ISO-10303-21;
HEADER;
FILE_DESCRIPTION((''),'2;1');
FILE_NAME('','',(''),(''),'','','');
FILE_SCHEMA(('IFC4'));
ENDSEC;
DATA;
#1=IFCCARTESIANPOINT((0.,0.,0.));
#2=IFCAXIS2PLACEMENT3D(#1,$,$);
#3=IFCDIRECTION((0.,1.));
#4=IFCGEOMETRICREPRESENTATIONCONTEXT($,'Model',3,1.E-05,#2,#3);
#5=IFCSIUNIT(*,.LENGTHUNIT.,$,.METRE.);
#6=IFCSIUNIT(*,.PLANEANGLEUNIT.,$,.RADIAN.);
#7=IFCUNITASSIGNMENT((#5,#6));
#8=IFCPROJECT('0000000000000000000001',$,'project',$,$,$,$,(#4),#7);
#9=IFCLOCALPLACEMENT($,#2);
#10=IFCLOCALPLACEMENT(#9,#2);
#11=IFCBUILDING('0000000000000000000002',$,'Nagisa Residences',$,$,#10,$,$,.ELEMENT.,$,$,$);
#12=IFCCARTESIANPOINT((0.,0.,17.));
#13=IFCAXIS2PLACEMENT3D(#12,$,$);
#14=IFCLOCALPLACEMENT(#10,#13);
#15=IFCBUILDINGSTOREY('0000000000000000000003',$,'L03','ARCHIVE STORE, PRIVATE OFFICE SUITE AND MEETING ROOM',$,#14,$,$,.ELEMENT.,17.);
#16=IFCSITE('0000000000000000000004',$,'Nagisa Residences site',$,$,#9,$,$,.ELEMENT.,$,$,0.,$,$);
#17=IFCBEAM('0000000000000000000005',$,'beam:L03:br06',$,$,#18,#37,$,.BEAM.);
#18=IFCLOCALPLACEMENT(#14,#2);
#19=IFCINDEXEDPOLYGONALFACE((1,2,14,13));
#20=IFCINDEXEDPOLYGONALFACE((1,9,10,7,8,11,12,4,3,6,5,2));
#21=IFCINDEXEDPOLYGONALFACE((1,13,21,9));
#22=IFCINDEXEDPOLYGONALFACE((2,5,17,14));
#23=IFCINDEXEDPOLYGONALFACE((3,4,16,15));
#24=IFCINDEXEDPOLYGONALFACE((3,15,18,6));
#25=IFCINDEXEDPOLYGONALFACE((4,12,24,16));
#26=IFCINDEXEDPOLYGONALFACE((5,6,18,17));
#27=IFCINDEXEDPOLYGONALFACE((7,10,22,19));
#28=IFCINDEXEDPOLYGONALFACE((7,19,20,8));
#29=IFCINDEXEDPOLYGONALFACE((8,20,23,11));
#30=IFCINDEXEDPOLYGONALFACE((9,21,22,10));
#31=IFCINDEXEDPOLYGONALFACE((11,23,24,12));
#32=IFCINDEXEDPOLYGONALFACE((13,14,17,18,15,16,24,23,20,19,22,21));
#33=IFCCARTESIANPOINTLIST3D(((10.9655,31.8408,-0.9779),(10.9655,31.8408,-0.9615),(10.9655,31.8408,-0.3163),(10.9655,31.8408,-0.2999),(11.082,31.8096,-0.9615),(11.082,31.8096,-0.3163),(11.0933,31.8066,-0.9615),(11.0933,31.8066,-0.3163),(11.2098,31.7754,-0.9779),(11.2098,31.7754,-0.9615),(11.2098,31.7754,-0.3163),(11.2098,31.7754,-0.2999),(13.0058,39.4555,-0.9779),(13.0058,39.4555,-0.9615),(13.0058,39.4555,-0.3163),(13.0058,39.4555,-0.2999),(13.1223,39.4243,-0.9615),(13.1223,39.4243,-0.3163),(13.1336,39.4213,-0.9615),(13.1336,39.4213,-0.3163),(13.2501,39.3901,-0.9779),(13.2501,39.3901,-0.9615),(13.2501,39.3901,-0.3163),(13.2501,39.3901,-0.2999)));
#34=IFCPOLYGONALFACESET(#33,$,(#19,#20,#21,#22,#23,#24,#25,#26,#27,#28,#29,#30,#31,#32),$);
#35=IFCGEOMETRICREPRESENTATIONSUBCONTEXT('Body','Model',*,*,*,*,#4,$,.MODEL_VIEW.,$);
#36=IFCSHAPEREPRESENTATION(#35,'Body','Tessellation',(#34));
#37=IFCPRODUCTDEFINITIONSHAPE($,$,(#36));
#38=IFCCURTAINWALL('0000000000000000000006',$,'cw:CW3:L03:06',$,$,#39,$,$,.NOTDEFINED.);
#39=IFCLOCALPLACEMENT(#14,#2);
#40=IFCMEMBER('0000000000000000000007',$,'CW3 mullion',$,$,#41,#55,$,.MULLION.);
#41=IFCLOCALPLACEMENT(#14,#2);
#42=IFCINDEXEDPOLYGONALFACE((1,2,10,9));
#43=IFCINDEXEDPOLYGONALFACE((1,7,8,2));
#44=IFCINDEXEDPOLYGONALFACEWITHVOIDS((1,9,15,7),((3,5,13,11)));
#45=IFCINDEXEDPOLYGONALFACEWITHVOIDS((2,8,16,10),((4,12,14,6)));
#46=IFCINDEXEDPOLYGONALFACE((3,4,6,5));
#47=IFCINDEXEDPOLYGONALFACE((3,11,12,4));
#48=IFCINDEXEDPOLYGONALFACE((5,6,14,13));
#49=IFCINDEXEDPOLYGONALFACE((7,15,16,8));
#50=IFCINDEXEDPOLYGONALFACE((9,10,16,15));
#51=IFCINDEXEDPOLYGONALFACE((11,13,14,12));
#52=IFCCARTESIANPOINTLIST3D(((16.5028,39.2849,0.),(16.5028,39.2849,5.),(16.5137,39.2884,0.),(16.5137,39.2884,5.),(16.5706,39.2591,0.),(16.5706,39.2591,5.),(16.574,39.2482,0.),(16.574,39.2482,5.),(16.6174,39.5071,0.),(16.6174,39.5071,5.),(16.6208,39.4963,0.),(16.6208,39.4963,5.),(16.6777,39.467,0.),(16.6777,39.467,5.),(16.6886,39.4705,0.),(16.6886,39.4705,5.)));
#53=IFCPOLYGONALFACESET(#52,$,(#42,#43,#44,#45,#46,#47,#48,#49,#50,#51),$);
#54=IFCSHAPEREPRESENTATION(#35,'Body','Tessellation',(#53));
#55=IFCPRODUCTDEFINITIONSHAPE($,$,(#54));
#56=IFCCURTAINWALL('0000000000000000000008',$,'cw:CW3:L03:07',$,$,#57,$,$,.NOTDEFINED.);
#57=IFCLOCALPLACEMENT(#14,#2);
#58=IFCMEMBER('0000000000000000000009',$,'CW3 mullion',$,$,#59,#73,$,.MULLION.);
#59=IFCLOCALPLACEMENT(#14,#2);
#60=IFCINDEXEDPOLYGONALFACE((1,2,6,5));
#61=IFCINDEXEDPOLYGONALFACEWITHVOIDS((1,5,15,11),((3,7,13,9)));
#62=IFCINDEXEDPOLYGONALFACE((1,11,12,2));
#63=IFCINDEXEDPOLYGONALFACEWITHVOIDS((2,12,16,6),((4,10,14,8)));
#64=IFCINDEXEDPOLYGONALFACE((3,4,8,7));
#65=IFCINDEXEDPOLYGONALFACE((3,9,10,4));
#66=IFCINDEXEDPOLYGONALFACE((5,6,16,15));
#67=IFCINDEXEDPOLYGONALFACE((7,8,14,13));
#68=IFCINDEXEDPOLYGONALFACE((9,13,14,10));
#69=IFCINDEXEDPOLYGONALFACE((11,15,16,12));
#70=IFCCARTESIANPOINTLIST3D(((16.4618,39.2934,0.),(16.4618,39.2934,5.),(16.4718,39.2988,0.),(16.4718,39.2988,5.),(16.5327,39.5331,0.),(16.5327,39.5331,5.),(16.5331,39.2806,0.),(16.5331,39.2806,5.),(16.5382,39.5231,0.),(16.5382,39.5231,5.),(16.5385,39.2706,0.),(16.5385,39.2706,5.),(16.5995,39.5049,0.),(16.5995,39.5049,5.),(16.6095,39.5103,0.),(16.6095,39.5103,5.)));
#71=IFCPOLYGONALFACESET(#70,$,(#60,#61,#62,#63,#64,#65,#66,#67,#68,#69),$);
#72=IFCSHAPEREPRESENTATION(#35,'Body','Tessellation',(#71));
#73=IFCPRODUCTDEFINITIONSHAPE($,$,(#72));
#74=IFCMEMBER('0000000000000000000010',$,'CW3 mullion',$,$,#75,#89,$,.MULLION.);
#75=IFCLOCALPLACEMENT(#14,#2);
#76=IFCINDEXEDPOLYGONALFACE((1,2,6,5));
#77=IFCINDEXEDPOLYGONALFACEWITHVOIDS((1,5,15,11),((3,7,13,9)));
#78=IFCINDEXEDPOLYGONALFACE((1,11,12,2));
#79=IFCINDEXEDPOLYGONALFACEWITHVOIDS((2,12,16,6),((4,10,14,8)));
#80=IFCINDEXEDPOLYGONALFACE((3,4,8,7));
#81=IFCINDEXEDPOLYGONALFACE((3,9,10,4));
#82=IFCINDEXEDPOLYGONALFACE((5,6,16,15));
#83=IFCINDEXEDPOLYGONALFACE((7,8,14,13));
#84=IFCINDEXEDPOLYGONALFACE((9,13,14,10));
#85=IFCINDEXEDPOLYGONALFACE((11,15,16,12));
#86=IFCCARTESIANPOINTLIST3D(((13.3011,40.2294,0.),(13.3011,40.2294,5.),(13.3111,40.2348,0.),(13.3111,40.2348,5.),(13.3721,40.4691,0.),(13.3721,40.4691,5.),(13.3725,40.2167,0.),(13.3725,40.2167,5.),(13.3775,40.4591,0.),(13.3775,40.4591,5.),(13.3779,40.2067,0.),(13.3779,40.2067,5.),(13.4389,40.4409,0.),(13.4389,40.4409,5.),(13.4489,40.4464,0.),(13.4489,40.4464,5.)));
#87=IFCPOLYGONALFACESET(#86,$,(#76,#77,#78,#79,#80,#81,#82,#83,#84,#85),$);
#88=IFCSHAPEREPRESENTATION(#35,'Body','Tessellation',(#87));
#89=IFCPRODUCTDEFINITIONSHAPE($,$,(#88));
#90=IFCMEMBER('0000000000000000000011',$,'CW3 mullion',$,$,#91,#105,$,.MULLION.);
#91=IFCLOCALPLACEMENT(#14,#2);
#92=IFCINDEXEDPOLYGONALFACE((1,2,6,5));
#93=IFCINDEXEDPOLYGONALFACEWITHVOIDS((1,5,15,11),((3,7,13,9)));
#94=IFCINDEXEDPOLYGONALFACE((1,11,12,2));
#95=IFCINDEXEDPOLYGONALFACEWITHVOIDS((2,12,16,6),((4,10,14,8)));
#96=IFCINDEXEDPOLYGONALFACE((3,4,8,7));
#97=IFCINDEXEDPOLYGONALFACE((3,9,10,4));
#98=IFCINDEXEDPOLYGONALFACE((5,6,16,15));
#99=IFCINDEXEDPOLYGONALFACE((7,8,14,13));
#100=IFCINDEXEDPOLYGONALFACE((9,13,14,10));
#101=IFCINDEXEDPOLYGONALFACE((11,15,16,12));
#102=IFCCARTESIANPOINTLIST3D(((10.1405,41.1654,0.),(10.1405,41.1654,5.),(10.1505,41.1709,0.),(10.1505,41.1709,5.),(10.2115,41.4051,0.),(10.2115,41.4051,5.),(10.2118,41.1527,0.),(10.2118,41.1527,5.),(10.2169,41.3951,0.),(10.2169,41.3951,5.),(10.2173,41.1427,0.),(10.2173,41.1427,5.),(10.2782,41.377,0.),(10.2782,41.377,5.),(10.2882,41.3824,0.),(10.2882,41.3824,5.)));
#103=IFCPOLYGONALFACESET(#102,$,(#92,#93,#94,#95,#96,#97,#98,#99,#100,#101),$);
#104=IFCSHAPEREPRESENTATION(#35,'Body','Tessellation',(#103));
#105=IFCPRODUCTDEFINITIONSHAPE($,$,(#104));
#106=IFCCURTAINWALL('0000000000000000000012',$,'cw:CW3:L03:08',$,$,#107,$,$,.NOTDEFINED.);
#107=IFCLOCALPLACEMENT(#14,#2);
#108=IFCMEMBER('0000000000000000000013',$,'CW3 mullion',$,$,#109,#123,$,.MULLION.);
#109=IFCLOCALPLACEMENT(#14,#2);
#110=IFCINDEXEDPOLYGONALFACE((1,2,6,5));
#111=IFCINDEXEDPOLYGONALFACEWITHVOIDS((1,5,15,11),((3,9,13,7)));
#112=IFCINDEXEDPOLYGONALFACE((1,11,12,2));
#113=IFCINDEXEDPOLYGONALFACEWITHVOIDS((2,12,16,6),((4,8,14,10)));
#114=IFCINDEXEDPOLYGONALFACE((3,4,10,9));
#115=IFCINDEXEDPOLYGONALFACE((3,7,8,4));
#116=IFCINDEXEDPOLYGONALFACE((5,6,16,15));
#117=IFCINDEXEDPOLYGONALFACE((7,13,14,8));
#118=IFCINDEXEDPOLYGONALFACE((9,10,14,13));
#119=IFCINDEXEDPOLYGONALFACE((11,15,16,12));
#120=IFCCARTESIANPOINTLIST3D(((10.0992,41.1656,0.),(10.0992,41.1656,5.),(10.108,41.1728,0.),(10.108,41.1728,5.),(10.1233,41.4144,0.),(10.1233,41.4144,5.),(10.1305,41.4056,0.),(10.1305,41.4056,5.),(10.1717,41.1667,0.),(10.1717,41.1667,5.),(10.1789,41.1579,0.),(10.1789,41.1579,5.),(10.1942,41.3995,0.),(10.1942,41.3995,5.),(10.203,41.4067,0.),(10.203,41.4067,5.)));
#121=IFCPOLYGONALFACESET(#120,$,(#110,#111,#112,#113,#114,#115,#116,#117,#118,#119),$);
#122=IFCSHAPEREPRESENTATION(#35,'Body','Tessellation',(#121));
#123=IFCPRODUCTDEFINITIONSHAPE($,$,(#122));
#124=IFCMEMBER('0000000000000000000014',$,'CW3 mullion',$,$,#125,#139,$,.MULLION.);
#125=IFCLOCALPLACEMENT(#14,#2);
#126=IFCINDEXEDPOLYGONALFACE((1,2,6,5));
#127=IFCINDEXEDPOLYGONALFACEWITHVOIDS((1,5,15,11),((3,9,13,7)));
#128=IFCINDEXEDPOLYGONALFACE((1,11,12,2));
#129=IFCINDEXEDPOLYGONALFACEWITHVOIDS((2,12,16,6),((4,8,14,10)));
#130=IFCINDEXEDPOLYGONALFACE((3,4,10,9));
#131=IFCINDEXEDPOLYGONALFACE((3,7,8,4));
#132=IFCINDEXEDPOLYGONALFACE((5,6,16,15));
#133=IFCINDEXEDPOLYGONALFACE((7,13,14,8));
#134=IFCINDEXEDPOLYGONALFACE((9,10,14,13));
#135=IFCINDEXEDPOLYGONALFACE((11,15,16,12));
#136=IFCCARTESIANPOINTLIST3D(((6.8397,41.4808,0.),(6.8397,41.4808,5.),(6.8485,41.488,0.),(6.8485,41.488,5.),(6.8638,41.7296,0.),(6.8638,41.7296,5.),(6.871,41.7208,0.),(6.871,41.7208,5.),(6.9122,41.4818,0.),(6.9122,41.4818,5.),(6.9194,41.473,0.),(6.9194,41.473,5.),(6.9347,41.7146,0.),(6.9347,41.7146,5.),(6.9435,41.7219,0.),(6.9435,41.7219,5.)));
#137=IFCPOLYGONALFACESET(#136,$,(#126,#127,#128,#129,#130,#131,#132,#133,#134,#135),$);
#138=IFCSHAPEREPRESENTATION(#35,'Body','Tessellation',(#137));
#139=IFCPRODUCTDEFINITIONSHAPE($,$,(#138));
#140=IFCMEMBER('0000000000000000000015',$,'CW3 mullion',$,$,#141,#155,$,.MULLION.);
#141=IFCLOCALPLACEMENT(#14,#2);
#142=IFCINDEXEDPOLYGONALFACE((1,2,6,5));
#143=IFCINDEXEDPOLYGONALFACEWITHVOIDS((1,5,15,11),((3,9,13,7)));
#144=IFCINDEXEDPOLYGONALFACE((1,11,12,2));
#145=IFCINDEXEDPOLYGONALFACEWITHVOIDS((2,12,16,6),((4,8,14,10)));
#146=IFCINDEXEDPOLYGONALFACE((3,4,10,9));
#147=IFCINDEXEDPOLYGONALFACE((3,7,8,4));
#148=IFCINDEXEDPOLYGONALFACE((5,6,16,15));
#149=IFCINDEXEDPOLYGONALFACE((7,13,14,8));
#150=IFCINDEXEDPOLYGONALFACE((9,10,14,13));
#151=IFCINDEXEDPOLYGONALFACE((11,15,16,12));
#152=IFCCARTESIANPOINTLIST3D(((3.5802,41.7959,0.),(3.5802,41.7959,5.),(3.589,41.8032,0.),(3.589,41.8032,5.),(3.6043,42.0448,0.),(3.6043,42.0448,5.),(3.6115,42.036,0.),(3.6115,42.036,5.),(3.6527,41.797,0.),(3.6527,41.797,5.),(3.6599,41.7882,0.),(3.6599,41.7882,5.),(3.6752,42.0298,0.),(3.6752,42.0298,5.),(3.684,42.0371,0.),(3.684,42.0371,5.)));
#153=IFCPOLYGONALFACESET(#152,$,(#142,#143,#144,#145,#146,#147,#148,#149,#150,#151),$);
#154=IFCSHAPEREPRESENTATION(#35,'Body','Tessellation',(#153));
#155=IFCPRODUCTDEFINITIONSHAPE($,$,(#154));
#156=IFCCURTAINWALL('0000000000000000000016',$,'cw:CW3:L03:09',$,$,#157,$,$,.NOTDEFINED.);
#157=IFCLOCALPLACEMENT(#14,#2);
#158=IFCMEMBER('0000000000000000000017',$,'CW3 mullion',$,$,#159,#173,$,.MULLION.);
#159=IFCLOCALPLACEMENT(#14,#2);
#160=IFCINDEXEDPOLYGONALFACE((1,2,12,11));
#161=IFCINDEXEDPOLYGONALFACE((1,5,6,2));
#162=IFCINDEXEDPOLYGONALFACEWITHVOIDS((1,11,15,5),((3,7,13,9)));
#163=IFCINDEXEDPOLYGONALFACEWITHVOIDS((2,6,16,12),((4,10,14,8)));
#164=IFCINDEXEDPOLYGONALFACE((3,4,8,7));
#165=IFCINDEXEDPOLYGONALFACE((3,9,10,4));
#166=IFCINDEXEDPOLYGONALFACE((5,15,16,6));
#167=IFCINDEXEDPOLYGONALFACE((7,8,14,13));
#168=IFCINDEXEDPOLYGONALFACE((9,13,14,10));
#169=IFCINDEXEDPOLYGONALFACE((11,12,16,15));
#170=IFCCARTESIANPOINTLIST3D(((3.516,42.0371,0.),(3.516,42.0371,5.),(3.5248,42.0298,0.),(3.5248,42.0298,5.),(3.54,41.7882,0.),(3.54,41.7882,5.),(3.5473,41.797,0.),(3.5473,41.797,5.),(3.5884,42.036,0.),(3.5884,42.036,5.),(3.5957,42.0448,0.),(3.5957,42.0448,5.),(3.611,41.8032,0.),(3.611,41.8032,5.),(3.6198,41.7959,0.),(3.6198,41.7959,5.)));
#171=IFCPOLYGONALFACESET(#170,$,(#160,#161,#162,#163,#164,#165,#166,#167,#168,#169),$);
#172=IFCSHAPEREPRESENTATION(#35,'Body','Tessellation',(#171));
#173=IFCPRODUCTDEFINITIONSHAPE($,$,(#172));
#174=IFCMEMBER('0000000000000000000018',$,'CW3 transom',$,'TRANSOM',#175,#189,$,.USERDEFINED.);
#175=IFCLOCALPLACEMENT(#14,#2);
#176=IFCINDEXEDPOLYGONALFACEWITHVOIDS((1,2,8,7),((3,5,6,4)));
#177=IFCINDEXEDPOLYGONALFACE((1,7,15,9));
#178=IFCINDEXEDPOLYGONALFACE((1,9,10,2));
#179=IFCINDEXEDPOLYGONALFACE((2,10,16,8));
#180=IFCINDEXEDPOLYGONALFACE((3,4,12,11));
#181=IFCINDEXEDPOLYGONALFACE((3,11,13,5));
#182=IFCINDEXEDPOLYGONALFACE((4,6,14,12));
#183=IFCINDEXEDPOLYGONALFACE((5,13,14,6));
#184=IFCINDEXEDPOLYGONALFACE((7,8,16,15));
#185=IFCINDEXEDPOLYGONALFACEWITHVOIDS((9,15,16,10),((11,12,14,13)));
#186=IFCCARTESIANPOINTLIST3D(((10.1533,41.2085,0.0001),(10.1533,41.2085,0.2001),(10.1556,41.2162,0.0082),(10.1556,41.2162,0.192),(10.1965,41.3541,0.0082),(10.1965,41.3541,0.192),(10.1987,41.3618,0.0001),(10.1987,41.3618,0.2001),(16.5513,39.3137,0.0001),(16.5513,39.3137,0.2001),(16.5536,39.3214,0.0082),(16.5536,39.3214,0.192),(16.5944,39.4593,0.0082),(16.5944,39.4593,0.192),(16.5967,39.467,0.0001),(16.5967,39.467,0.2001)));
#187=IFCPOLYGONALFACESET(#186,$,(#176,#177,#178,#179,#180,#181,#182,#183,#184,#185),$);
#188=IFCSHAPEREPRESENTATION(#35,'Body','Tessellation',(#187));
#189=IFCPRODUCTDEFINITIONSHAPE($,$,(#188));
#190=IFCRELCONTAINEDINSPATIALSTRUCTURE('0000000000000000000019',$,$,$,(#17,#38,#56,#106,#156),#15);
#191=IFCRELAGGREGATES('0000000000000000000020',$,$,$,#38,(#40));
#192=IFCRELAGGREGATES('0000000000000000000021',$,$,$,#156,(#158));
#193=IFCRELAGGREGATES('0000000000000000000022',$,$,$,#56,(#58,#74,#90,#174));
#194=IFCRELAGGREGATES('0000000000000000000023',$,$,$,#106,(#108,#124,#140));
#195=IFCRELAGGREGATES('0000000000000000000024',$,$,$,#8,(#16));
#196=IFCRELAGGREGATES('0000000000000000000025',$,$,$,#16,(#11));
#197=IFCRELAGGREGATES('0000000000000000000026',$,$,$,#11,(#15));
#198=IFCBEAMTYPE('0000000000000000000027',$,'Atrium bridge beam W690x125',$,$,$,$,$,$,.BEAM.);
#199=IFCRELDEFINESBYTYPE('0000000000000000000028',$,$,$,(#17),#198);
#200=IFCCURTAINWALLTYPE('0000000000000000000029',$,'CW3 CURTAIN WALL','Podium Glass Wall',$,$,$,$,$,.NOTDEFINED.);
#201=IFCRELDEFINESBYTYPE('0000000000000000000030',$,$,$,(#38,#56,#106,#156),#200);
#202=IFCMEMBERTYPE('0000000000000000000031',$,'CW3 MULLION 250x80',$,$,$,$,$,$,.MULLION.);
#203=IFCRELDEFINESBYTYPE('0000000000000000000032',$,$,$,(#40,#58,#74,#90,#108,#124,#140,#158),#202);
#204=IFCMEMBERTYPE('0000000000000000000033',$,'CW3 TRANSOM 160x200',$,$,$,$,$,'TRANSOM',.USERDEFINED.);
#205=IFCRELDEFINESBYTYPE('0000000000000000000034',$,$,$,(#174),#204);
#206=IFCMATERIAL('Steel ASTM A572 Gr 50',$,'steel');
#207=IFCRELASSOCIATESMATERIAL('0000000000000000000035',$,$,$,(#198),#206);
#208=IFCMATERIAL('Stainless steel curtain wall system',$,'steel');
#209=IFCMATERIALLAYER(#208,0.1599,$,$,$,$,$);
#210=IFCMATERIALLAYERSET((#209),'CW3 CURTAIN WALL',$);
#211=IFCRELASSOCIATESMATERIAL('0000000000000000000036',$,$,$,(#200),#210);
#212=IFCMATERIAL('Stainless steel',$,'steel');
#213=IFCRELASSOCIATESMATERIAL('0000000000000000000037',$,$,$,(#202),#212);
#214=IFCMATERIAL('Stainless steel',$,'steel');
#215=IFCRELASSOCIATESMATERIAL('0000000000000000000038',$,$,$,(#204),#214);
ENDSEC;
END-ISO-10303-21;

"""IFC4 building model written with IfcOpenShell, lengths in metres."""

from ifc_helpers import new_model, si_unit, direction, frame, origin, origin_2d, place, context, subcontext, project, spatial, hollow_rectangle, i_section, extrude, material, layer, layer_set, material_profile, profile_set, type_object, element, aggregate, save


model = new_model("IFC4")

# Units and contexts
model_context = context("Model", 3, precision=1e-05, world=origin(), true_north=direction((0.0, 1.0)))
body_context = subcontext(model_context, "Body", "Model", "MODEL_VIEW")
ifc_project = project(units=[si_unit("LENGTHUNIT", "METRE"), si_unit("PLANEANGLEUNIT", "RADIAN")], contexts=[model_context])

# Site, building, storey
site_placement = place(None, origin())
site = spatial("IfcSite", under=ifc_project, at=site_placement, Name="Nagisa Residences site", CompositionType="ELEMENT", RefElevation=0.0)
building_placement = place(site_placement, origin())
building = spatial("IfcBuilding", under=site, at=building_placement, Name="Nagisa Residences", CompositionType="ELEMENT")
storey_placement = place(building_placement, frame((0.0, 0.0, 17.0)))
storey = spatial("IfcBuildingStorey", under=building, at=storey_placement, Name="L03", Description="ARCHIVE STORE, PRIVATE OFFICE SUITE AND MEETING ROOM", CompositionType="ELEMENT", Elevation=17.0)

# Beam
ifc_material_1 = material(Name="Steel ASTM A572 Gr 50", Category="steel")
ifc_material_profile_1 = material_profile(ifc_material_1, i_section(OverallWidth=0.2529, OverallDepth=0.678, WebThickness=0.0117, FlangeThickness=0.0164, at=origin_2d()), Name="W690x125")
ifc_profile_set_1 = profile_set([ifc_material_profile_1], Name="Steel ASTM A572 Gr 50")
beam_type_1 = type_object("IfcBeamType", Name="Atrium bridge beam W690x125", PredefinedType="BEAM", material=ifc_profile_set_1)
beam_1_placement = place(storey_placement, frame((11.0876, 31.8081, -0.6389), z_axis=(0.258809, 0.965928, 0.0), x_axis=(-0.965928, 0.258809, 0.0)))
element("IfcBeam", 1, at=beam_1_placement, inside=storey, type_object=beam_type_1, Name="beam:L03:br06", PredefinedType="BEAM", context=body_context, shape_type="SweptSolid", body=[
    extrude(i_section(OverallWidth=0.2529, OverallDepth=0.678, WebThickness=0.0117, FlangeThickness=0.0164, at=origin_2d()), origin(), (0.0, 0.0, 1.0), 7.8833),
])

# Curtain wall, member
ifc_material_2 = material(Name="Stainless steel curtain wall system", Category="steel")
ifc_layer_1 = layer(ifc_material_2, 0.1599)
ifc_layer_set_1 = layer_set([ifc_layer_1], Name="CW3 CURTAIN WALL")
curtain_wall_type_1 = type_object("IfcCurtainWallType", Name="CW3 CURTAIN WALL", Description="Podium Glass Wall", PredefinedType="NOTDEFINED", material=ifc_layer_set_1)
curtain_wall_1_placement = place(storey_placement, origin())
curtain_wall_1 = element("IfcCurtainWall", 2, at=curtain_wall_1_placement, inside=storey, type_object=curtain_wall_type_1, Name="cw:CW3:L03:06", PredefinedType="NOTDEFINED")
ifc_material_3 = material(Name="Stainless steel", Category="steel")
ifc_material_profile_2 = material_profile(ifc_material_3, hollow_rectangle(XDim=0.25, YDim=0.0801, WallThickness=0.0081, at=origin_2d()), Name="CW3 MULLION 250x80")
ifc_profile_set_2 = profile_set([ifc_material_profile_2], Name="Stainless steel")
member_type_1 = type_object("IfcMemberType", Name="CW3 MULLION 250x80", PredefinedType="MULLION", material=ifc_profile_set_2)
member_1_placement = place(storey_placement, frame((16.5957, 39.3777, 0.0), z_axis=(0.0, 0.0, 1.0), x_axis=(-0.458126, -0.888887, 0.0)))
member_1 = element("IfcMember", 3, at=member_1_placement, type_object=member_type_1, Name="CW3 mullion", PredefinedType="MULLION", context=body_context, shape_type="SweptSolid", body=[
    extrude(hollow_rectangle(XDim=0.25, YDim=0.0801, WallThickness=0.0081, at=origin_2d()), origin(), (0.0, 0.0, 1.0), 5.0),
])
aggregate(curtain_wall_1, [member_1])

# Curtain walls, members
curtain_wall_2_placement = place(storey_placement, origin())
curtain_wall_2 = element("IfcCurtainWall", 4, at=curtain_wall_2_placement, inside=storey, type_object=curtain_wall_type_1, Name="cw:CW3:L03:07", PredefinedType="NOTDEFINED")
member_2_placement = place(storey_placement, frame((16.5356, 39.4019, 0.0), z_axis=(0.0, 0.0, 1.0), x_axis=(-0.283963, -0.958835, 0.0)))
member_2 = element("IfcMember", 5, at=member_2_placement, type_object=member_type_1, Name="CW3 mullion", PredefinedType="MULLION", context=body_context, shape_type="SweptSolid", body=[
    extrude(hollow_rectangle(XDim=0.25, YDim=0.0801, WallThickness=0.0081, at=origin_2d()), origin(), (0.0, 0.0, 1.0), 5.0),
])
member_3_placement = place(storey_placement, frame((13.375, 40.3379, 0.0), z_axis=(0.0, 0.0, 1.0), x_axis=(-0.283963, -0.958835, 0.0)))
member_3 = element("IfcMember", 6, at=member_3_placement, type_object=member_type_1, Name="CW3 mullion", PredefinedType="MULLION", context=body_context, shape_type="SweptSolid", body=[
    extrude(hollow_rectangle(XDim=0.25, YDim=0.0801, WallThickness=0.0081, at=origin_2d()), origin(), (0.0, 0.0, 1.0), 5.0),
])
member_4_placement = place(storey_placement, frame((10.2144, 41.2739, 0.0), z_axis=(0.0, 0.0, 1.0), x_axis=(-0.283963, -0.958835, 0.0)))
member_4 = element("IfcMember", 7, at=member_4_placement, type_object=member_type_1, Name="CW3 mullion", PredefinedType="MULLION", context=body_context, shape_type="SweptSolid", body=[
    extrude(hollow_rectangle(XDim=0.25, YDim=0.0801, WallThickness=0.0081, at=origin_2d()), origin(), (0.0, 0.0, 1.0), 5.0),
])
curtain_wall_3_placement = place(storey_placement, origin())
curtain_wall_3 = element("IfcCurtainWall", 8, at=curtain_wall_3_placement, inside=storey, type_object=curtain_wall_type_1, Name="cw:CW3:L03:08", PredefinedType="NOTDEFINED")
member_5_placement = place(storey_placement, frame((10.1511, 41.2861, 0.0), z_axis=(0.0, 0.0, 1.0), x_axis=(-0.096249, -0.995357, 0.0)))
member_5 = element("IfcMember", 9, at=member_5_placement, type_object=member_type_1, Name="CW3 mullion", PredefinedType="MULLION", context=body_context, shape_type="SweptSolid", body=[
    extrude(hollow_rectangle(XDim=0.25, YDim=0.0801, WallThickness=0.0081, at=origin_2d()), origin(), (0.0, 0.0, 1.0), 5.0),
])
member_6_placement = place(storey_placement, frame((6.8916, 41.6013, 0.0), z_axis=(0.0, 0.0, 1.0), x_axis=(-0.096249, -0.995357, 0.0)))
member_6 = element("IfcMember", 10, at=member_6_placement, type_object=member_type_1, Name="CW3 mullion", PredefinedType="MULLION", context=body_context, shape_type="SweptSolid", body=[
    extrude(hollow_rectangle(XDim=0.25, YDim=0.0801, WallThickness=0.0081, at=origin_2d()), origin(), (0.0, 0.0, 1.0), 5.0),
])
member_7_placement = place(storey_placement, frame((3.6321, 41.9165, 0.0), z_axis=(0.0, 0.0, 1.0), x_axis=(-0.096249, -0.995357, 0.0)))
member_7 = element("IfcMember", 11, at=member_7_placement, type_object=member_type_1, Name="CW3 mullion", PredefinedType="MULLION", context=body_context, shape_type="SweptSolid", body=[
    extrude(hollow_rectangle(XDim=0.25, YDim=0.0801, WallThickness=0.0081, at=origin_2d()), origin(), (0.0, 0.0, 1.0), 5.0),
])

# Curtain wall, member
curtain_wall_4_placement = place(storey_placement, origin())
curtain_wall_4 = element("IfcCurtainWall", 12, at=curtain_wall_4_placement, inside=storey, type_object=curtain_wall_type_1, Name="cw:CW3:L03:09", PredefinedType="NOTDEFINED")
member_8_placement = place(storey_placement, frame((3.5679, 41.9165, 0.0), z_axis=(0.0, 0.0, 1.0), x_axis=(0.096249, -0.995357, 0.0)))
member_8 = element("IfcMember", 13, at=member_8_placement, type_object=member_type_1, Name="CW3 mullion", PredefinedType="MULLION", context=body_context, shape_type="SweptSolid", body=[
    extrude(hollow_rectangle(XDim=0.25, YDim=0.0801, WallThickness=0.0081, at=origin_2d()), origin(), (0.0, 0.0, 1.0), 5.0),
])

# Member
ifc_material_4 = material(Name="Stainless steel", Category="steel")
ifc_material_profile_3 = material_profile(ifc_material_4, hollow_rectangle(XDim=0.1599, YDim=0.2, WallThickness=0.0081, at=origin_2d()), Name="CW3 TRANSOM 160x200")
ifc_profile_set_3 = profile_set([ifc_material_profile_3], Name="Stainless steel")
member_type_2 = type_object("IfcMemberType", Name="CW3 TRANSOM 160x200", ElementType="TRANSOM", PredefinedType="USERDEFINED", material=ifc_profile_set_3)
member_9_placement = place(storey_placement, frame((16.574, 39.3904, 0.1001), z_axis=(-0.958835, 0.283963, 0.0), x_axis=(-0.283963, -0.958835, 0.0)))
member_9 = element("IfcMember", 14, at=member_9_placement, type_object=member_type_2, Name="CW3 transom", ObjectType="TRANSOM", PredefinedType="USERDEFINED", context=body_context, shape_type="SweptSolid", body=[
    extrude(hollow_rectangle(XDim=0.1599, YDim=0.2, WallThickness=0.0081, at=origin_2d()), origin(), (0.0, 0.0, 1.0), 6.6726),
])
aggregate(curtain_wall_4, [member_8])

aggregate(curtain_wall_2, [member_2, member_3, member_4, member_9])
aggregate(curtain_wall_3, [member_5, member_6, member_7])

save(model, "model.ifc")
